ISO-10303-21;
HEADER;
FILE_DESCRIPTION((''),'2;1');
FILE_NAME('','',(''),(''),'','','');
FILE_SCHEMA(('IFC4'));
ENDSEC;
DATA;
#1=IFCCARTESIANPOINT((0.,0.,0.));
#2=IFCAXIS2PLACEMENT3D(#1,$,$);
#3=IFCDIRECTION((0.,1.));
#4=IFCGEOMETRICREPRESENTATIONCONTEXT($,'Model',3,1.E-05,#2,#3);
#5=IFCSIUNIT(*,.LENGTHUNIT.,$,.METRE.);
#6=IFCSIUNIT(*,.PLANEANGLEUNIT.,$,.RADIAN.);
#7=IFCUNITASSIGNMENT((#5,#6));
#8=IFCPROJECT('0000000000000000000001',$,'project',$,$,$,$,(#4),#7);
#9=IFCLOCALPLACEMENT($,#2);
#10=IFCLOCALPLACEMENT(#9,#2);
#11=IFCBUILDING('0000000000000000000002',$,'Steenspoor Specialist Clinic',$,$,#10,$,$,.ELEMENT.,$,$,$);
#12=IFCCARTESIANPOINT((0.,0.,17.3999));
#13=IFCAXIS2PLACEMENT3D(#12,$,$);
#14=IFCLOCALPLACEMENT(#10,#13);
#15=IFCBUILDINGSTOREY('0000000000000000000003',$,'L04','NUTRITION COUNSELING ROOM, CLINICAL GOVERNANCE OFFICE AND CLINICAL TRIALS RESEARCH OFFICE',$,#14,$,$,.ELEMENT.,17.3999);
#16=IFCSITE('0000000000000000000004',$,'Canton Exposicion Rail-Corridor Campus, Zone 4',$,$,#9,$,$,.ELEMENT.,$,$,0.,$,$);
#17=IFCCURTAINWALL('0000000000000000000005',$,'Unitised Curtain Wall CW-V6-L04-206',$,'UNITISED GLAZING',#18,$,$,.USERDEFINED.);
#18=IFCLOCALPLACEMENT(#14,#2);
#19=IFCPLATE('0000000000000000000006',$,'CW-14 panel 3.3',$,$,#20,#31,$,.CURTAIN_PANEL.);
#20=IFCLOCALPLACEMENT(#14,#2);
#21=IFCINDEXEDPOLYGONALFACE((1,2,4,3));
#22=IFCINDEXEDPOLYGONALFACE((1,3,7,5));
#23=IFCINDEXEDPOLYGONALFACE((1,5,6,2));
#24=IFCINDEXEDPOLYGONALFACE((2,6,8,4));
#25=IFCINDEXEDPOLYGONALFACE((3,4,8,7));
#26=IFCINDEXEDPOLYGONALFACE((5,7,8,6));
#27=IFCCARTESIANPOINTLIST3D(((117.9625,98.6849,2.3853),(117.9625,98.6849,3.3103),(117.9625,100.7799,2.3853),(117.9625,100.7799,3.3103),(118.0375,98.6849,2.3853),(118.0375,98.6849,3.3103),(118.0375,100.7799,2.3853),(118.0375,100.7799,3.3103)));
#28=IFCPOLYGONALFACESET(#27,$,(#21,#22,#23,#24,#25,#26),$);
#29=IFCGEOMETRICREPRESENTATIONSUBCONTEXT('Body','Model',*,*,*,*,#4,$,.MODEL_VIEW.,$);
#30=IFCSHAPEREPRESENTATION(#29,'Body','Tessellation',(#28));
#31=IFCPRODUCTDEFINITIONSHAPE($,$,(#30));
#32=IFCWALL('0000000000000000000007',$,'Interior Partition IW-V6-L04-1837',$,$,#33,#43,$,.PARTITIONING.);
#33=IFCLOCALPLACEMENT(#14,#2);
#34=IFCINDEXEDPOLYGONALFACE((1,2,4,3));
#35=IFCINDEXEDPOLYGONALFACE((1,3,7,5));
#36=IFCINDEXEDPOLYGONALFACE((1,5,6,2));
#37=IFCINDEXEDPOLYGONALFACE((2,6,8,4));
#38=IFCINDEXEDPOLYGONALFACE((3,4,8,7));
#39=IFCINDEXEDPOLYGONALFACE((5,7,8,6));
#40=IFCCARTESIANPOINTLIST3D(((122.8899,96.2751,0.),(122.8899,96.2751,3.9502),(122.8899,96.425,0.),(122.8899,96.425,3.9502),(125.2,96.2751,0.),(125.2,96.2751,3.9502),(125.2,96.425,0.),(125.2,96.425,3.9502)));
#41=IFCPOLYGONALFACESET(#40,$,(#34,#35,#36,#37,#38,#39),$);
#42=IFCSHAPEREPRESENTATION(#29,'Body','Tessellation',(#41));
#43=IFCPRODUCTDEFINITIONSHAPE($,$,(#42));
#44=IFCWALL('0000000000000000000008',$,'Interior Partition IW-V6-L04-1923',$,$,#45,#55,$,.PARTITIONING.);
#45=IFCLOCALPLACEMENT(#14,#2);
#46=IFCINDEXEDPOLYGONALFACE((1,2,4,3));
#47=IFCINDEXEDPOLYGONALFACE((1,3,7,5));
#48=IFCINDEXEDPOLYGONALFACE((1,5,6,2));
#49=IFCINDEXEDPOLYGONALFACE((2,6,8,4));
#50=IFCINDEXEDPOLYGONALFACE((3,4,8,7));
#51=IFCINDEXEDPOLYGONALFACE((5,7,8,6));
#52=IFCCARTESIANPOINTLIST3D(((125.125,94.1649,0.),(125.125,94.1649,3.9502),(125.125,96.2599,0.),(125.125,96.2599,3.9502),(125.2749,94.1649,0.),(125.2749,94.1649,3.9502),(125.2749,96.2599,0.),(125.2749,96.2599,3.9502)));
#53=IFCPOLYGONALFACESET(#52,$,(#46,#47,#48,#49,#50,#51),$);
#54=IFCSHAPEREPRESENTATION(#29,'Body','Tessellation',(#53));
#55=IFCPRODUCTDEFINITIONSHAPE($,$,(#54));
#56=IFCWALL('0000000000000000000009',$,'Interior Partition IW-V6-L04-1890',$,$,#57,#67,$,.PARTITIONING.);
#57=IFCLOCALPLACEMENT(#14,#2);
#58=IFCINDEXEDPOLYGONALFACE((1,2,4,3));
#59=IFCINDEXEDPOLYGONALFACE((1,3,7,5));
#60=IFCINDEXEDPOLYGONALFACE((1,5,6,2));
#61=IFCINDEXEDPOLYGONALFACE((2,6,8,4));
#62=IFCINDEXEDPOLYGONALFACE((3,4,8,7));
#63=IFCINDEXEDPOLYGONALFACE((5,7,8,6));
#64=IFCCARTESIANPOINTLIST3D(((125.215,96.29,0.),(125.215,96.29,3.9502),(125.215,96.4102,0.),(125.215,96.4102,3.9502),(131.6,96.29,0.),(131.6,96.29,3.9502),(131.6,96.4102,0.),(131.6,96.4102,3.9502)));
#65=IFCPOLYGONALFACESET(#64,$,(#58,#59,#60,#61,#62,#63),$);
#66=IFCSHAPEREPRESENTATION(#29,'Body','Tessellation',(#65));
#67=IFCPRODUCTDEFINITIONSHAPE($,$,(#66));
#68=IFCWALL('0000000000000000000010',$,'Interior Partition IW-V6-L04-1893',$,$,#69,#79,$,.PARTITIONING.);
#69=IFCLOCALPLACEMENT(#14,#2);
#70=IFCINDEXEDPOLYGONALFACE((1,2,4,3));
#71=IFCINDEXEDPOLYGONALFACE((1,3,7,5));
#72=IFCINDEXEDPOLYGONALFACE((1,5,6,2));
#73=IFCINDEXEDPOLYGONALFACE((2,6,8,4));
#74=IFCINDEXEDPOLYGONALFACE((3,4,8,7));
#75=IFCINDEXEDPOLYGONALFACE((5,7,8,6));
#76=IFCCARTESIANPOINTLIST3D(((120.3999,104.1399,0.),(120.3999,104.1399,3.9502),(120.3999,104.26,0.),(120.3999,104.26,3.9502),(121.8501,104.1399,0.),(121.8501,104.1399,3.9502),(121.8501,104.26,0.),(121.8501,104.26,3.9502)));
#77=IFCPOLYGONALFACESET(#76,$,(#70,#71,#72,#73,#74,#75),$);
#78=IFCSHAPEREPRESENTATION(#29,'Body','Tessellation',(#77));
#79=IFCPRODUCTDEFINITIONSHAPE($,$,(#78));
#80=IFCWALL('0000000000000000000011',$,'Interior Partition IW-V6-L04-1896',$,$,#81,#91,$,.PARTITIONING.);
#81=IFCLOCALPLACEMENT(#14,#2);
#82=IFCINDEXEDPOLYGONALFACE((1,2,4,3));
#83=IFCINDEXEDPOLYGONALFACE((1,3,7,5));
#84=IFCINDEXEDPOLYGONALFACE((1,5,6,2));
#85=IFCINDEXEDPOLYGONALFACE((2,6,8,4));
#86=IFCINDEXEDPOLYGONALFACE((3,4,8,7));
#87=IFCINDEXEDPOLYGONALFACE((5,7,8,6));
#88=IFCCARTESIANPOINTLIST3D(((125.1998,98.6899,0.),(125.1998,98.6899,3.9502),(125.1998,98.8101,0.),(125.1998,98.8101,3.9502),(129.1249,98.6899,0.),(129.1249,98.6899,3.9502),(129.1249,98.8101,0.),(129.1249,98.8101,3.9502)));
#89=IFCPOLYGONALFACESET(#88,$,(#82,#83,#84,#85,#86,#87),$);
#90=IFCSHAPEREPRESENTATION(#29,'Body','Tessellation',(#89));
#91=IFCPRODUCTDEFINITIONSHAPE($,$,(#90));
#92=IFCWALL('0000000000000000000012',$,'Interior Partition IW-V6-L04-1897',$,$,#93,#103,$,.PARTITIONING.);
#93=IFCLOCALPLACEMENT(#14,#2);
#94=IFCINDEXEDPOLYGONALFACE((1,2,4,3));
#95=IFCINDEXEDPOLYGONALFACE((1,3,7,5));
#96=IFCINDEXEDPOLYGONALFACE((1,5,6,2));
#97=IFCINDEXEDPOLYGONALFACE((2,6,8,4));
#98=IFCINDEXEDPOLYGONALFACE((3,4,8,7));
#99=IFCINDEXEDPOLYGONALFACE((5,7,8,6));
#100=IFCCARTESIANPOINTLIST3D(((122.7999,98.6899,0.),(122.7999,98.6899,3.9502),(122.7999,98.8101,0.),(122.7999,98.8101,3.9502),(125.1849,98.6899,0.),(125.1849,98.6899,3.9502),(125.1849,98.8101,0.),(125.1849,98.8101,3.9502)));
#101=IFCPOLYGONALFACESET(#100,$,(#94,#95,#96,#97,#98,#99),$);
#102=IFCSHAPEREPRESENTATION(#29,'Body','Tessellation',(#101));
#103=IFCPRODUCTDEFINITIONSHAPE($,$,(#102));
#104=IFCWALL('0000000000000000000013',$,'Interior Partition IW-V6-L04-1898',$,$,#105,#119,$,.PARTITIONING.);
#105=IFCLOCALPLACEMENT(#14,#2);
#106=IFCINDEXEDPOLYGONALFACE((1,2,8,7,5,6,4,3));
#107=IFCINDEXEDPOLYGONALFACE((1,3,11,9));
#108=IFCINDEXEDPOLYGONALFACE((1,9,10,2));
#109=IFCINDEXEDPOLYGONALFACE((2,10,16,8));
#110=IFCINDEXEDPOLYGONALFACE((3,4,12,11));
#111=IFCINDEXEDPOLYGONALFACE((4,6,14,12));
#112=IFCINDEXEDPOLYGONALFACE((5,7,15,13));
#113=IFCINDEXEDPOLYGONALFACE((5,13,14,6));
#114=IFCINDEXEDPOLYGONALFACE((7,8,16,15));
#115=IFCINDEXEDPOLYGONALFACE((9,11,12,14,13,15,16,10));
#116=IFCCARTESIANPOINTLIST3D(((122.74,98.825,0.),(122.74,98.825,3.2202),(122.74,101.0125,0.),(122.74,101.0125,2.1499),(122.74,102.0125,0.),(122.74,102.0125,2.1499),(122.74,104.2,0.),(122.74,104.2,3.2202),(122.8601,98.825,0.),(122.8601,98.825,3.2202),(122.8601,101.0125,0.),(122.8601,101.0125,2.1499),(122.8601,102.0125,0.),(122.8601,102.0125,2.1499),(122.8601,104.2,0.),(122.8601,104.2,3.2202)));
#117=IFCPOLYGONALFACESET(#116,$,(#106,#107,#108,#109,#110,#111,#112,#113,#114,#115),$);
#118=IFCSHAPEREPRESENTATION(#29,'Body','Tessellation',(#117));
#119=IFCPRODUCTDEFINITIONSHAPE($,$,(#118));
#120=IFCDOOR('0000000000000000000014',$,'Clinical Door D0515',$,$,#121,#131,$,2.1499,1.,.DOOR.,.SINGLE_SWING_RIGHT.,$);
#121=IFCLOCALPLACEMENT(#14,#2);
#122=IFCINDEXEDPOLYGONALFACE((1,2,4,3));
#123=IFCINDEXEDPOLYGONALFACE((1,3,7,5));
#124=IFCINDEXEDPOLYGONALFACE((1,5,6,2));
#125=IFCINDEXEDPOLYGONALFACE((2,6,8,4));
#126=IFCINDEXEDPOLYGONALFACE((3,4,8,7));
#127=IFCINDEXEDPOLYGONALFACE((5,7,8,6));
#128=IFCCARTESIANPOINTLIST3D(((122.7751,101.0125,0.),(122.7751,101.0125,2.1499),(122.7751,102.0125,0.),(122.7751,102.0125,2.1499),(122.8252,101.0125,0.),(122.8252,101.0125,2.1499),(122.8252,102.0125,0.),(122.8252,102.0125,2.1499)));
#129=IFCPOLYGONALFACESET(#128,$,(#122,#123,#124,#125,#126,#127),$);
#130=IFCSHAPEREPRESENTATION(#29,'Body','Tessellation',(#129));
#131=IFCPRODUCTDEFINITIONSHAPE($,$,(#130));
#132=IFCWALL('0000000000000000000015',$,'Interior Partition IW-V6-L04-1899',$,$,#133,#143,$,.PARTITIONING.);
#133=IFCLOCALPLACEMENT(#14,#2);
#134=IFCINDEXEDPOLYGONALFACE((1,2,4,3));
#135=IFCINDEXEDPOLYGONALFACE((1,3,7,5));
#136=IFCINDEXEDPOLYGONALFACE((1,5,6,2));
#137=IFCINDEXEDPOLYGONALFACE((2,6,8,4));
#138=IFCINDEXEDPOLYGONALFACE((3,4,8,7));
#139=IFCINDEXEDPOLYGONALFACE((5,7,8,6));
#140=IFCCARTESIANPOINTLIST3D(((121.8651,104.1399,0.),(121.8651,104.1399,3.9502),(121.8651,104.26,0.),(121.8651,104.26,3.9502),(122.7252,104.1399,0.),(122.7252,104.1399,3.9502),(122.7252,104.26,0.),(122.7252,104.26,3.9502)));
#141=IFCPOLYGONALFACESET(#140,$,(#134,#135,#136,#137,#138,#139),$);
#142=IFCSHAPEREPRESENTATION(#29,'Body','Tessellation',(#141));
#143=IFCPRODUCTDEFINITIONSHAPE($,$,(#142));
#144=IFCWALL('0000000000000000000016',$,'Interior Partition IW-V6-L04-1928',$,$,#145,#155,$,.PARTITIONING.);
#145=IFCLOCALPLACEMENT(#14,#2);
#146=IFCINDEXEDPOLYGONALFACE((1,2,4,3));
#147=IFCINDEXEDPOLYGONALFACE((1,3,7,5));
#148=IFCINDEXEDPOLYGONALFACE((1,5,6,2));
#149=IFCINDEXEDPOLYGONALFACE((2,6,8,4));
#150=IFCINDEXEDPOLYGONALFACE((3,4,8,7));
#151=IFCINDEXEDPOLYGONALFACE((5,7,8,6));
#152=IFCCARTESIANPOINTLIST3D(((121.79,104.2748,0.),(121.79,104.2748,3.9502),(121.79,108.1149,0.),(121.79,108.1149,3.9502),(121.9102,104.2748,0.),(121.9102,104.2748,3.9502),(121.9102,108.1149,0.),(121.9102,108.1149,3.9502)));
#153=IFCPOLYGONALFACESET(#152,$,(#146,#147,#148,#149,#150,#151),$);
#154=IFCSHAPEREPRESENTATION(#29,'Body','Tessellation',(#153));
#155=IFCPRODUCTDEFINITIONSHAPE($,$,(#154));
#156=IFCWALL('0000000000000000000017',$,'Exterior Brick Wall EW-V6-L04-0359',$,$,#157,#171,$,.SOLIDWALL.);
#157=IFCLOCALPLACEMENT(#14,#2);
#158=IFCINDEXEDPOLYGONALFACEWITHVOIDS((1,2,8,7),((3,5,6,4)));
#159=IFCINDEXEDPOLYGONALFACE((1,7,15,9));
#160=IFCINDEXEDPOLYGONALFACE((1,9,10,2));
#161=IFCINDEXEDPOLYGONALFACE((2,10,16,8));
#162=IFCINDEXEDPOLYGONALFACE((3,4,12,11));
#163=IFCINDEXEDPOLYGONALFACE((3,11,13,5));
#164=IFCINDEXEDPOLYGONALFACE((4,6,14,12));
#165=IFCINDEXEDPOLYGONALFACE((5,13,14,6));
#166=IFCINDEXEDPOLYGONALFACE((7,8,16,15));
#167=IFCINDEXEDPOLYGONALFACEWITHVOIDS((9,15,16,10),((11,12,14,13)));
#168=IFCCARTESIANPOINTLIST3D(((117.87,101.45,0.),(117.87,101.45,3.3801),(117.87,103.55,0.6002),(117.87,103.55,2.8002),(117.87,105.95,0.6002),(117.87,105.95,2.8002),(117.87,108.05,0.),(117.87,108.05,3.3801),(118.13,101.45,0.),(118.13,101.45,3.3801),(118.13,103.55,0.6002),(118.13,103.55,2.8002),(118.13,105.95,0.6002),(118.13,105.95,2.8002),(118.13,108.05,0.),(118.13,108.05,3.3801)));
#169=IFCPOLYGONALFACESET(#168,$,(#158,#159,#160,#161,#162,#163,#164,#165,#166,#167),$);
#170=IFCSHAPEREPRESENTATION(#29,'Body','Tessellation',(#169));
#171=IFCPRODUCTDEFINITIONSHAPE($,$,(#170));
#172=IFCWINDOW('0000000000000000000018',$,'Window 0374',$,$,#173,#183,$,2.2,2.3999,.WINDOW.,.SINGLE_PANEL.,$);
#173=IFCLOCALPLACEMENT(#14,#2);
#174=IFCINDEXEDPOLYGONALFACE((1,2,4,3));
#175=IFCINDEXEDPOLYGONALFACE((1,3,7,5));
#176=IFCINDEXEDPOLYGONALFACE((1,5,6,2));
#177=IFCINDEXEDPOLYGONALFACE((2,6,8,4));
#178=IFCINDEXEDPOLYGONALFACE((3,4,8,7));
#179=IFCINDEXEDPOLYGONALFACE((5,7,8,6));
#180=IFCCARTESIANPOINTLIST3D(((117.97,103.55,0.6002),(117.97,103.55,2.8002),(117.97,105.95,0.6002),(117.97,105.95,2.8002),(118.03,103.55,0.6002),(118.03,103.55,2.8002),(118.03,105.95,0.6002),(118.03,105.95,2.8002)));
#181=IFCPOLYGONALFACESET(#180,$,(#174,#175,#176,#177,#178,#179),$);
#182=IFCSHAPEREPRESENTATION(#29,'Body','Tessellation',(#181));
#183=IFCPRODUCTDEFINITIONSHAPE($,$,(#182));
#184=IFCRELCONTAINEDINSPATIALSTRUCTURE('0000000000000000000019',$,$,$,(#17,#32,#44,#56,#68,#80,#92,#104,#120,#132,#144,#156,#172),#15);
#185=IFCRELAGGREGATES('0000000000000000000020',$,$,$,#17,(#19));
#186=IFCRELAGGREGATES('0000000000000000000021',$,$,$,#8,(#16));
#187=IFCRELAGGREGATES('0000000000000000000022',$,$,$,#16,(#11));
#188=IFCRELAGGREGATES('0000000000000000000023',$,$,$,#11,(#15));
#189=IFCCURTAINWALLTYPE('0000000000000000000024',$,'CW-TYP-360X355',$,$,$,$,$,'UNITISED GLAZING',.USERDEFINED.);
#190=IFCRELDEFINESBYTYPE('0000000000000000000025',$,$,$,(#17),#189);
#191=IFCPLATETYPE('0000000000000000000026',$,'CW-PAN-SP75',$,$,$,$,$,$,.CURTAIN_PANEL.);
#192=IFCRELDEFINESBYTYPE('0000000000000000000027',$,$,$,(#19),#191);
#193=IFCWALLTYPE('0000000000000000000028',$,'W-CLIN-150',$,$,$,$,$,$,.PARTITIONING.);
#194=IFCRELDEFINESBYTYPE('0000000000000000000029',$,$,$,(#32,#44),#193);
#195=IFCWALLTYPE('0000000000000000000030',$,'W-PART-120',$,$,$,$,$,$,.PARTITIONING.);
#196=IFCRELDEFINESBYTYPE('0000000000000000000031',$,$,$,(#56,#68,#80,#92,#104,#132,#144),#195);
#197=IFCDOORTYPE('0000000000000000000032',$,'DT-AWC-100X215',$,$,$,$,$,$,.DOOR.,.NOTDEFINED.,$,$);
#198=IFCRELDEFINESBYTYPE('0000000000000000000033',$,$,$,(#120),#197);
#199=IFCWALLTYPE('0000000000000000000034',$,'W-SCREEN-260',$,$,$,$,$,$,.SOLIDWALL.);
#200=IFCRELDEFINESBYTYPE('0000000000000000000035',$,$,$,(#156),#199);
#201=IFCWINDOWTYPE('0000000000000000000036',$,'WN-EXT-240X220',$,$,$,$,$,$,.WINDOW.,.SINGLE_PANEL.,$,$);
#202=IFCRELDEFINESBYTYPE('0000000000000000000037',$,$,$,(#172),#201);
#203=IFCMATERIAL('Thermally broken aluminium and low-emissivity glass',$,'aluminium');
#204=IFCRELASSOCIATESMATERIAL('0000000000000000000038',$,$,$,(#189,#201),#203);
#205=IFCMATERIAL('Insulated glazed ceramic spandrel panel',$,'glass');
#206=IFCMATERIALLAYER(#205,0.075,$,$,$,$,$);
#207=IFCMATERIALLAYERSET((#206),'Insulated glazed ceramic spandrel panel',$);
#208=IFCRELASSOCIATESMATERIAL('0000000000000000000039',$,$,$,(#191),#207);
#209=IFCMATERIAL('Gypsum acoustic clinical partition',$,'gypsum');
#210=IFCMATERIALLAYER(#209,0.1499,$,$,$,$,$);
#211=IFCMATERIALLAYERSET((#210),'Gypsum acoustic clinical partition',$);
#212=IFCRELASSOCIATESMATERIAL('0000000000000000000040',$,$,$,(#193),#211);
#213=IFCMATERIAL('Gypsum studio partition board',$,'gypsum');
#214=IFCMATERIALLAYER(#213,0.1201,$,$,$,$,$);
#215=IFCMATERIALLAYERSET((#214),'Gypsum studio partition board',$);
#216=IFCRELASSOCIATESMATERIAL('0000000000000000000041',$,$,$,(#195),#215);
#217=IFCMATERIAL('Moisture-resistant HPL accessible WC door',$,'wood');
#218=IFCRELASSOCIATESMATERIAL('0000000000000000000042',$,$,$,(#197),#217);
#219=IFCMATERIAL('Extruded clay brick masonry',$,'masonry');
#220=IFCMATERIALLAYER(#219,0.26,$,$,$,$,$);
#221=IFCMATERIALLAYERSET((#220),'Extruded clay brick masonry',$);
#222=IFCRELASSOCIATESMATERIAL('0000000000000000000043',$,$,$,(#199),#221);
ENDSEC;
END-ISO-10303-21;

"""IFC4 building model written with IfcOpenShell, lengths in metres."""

from ifc_helpers import new_model, si_unit, direction, frame, frame_2d, origin, origin_2d, place, context, subcontext, project, spatial, rectangle, extrude, material, layer, layer_set, type_object, element, fill, aggregate, save


model = new_model("IFC4")

# Units and contexts
model_context = context("Model", 3, precision=1e-05, world=origin(), true_north=direction((0.0, 1.0)))
body_context = subcontext(model_context, "Body", "Model", "MODEL_VIEW")
ifc_project = project(units=[si_unit("LENGTHUNIT", "METRE"), si_unit("PLANEANGLEUNIT", "RADIAN")], contexts=[model_context])

# Site, building, storey
site_placement = place(None, origin())
site = spatial("IfcSite", under=ifc_project, at=site_placement, Name="Canton Exposicion Rail-Corridor Campus, Zone 4", CompositionType="ELEMENT", RefElevation=0.0)
building_placement = place(site_placement, origin())
building = spatial("IfcBuilding", under=site, at=building_placement, Name="Steenspoor Specialist Clinic", CompositionType="ELEMENT")
storey_placement = place(building_placement, frame((0.0, 0.0, 17.3999)))
storey = spatial("IfcBuildingStorey", under=building, at=storey_placement, Name="L04", Description="NUTRITION COUNSELING ROOM, CLINICAL GOVERNANCE OFFICE AND CLINICAL TRIALS RESEARCH OFFICE", CompositionType="ELEMENT", Elevation=17.3999)

# Curtain wall, plate
ifc_material_1 = material(Name="Thermally broken aluminium and low-emissivity glass", Category="aluminium")
curtain_wall_type = type_object("IfcCurtainWallType", Name="CW-TYP-360X355", ElementType="UNITISED GLAZING", PredefinedType="USERDEFINED", material=ifc_material_1)
curtain_wall_placement = place(storey_placement, origin())
curtain_wall = element("IfcCurtainWall", 1, at=curtain_wall_placement, inside=storey, type_object=curtain_wall_type, Name="Unitised Curtain Wall CW-V6-L04-206", ObjectType="UNITISED GLAZING", PredefinedType="USERDEFINED")
ifc_material_2 = material(Name="Insulated glazed ceramic spandrel panel", Category="glass")
ifc_layer_1 = layer(ifc_material_2, 0.075)
ifc_layer_set_1 = layer_set([ifc_layer_1], Name="Insulated glazed ceramic spandrel panel")
plate_type = type_object("IfcPlateType", Name="CW-PAN-SP75", PredefinedType="CURTAIN_PANEL", material=ifc_layer_set_1)
plate_1_placement = place(storey_placement, frame((118.0, 99.7324, 2.3853), z_axis=(0.0, 0.0, 1.0), x_axis=(0.0, 1.0, 0.0)))
plate_1 = element("IfcPlate", 2, at=plate_1_placement, type_object=plate_type, Name="CW-14 panel 3.3", PredefinedType="CURTAIN_PANEL", context=body_context, shape_type="SweptSolid", body=[
    extrude(rectangle(XDim=2.095, YDim=0.075, at=origin_2d()), origin(), (0.0, 0.0, 1.0), 0.925),
])
aggregate(curtain_wall, [plate_1])

# Walls
ifc_material_3 = material(Name="Gypsum acoustic clinical partition", Category="gypsum")
ifc_layer_2 = layer(ifc_material_3, 0.1499)
ifc_layer_set_2 = layer_set([ifc_layer_2], Name="Gypsum acoustic clinical partition")
wall_type_1 = type_object("IfcWallType", Name="W-CLIN-150", PredefinedType="PARTITIONING", material=ifc_layer_set_2)
wall_1_placement = place(storey_placement, frame((122.8899, 96.3501, 0.0), z_axis=(0.0, 0.0, 1.0), x_axis=(1.0, 0.0, 0.0)))
element("IfcWall", 3, at=wall_1_placement, inside=storey, type_object=wall_type_1, Name="Interior Partition IW-V6-L04-1837", PredefinedType="PARTITIONING", context=body_context, shape_type="SweptSolid", body=[
    extrude(rectangle(XDim=2.3101, YDim=0.1499, at=frame_2d((1.155, 0.0))), origin(), (0.0, 0.0, 1.0), 3.9502),
])
wall_2_placement = place(storey_placement, frame((125.2, 94.165, 0.0), z_axis=(0.0, 0.0, 1.0), x_axis=(0.0, 1.0, 0.0)))
element("IfcWall", 4, at=wall_2_placement, inside=storey, type_object=wall_type_1, Name="Interior Partition IW-V6-L04-1923", PredefinedType="PARTITIONING", context=body_context, shape_type="SweptSolid", body=[
    extrude(rectangle(XDim=2.095, YDim=0.1499, at=frame_2d((1.0474, 0.0))), origin(), (0.0, 0.0, 1.0), 3.9502),
])
ifc_material_4 = material(Name="Gypsum studio partition board", Category="gypsum")
ifc_layer_3 = layer(ifc_material_4, 0.1201)
ifc_layer_set_3 = layer_set([ifc_layer_3], Name="Gypsum studio partition board")
wall_type_2 = type_object("IfcWallType", Name="W-PART-120", PredefinedType="PARTITIONING", material=ifc_layer_set_3)
wall_3_placement = place(storey_placement, frame((125.2151, 96.3501, 0.0), z_axis=(0.0, 0.0, 1.0), x_axis=(1.0, 0.0, 0.0)))
element("IfcWall", 5, at=wall_3_placement, inside=storey, type_object=wall_type_2, Name="Interior Partition IW-V6-L04-1890", PredefinedType="PARTITIONING", context=body_context, shape_type="SweptSolid", body=[
    extrude(rectangle(XDim=6.385, YDim=0.1201, at=frame_2d((3.1924, 0.0))), origin(), (0.0, 0.0, 1.0), 3.9502),
])
wall_4_placement = place(storey_placement, frame((120.3999, 104.2, 0.0), z_axis=(0.0, 0.0, 1.0), x_axis=(1.0, 0.0, 0.0)))
element("IfcWall", 6, at=wall_4_placement, inside=storey, type_object=wall_type_2, Name="Interior Partition IW-V6-L04-1893", PredefinedType="PARTITIONING", context=body_context, shape_type="SweptSolid", body=[
    extrude(rectangle(XDim=1.4502, YDim=0.1201, at=frame_2d((0.7251, 0.0))), origin(), (0.0, 0.0, 1.0), 3.9502),
])
wall_5_placement = place(storey_placement, frame((125.2, 98.75, 0.0), z_axis=(0.0, 0.0, 1.0), x_axis=(1.0, 0.0, 0.0)))
element("IfcWall", 7, at=wall_5_placement, inside=storey, type_object=wall_type_2, Name="Interior Partition IW-V6-L04-1896", PredefinedType="PARTITIONING", context=body_context, shape_type="SweptSolid", body=[
    extrude(rectangle(XDim=3.925, YDim=0.1201, at=frame_2d((1.9624, 0.0))), origin(), (0.0, 0.0, 1.0), 3.9502),
])
wall_6_placement = place(storey_placement, frame((122.8, 98.75, 0.0), z_axis=(0.0, 0.0, 1.0), x_axis=(1.0, 0.0, 0.0)))
element("IfcWall", 8, at=wall_6_placement, inside=storey, type_object=wall_type_2, Name="Interior Partition IW-V6-L04-1897", PredefinedType="PARTITIONING", context=body_context, shape_type="SweptSolid", body=[
    extrude(rectangle(XDim=2.385, YDim=0.1201, at=frame_2d((1.1924, 0.0))), origin(), (0.0, 0.0, 1.0), 3.9502),
])

# Wall, opening, door
wall_7_placement = place(storey_placement, frame((122.8, 98.825, 0.0), z_axis=(0.0, 0.0, 1.0), x_axis=(0.0, 1.0, 0.0)))
wall_7 = element("IfcWall", 9, at=wall_7_placement, inside=storey, type_object=wall_type_2, Name="Interior Partition IW-V6-L04-1898", PredefinedType="PARTITIONING", context=body_context, shape_type="SweptSolid", body=[
    extrude(rectangle(XDim=5.375, YDim=0.1201, at=frame_2d((2.6875, 0.0))), origin(), (0.0, 0.0, 1.0), 3.2202),
])
opening_1_placement = place(wall_7_placement, frame((2.1875, 0.0, 0.0)))
opening_1 = element("IfcOpeningElement", 10, at=opening_1_placement, cuts=wall_7, PredefinedType="OPENING", context=body_context, shape_type="SweptSolid", body=[
    extrude(rectangle(XDim=1.0, YDim=2.1499, at=frame_2d((0.5, 1.075))), frame((0.0, 0.0701, 0.0), z_axis=(0.0, -1.0, 0.0), x_axis=(1.0, 0.0, 0.0)), (0.0, 0.0, 1.0), 0.1401),
])
ifc_material_5 = material(Name="Moisture-resistant HPL accessible WC door", Category="wood")
door_type = type_object("IfcDoorType", Name="DT-AWC-100X215", OperationType="NOTDEFINED", PredefinedType="DOOR", material=ifc_material_5)
door_placement = place(opening_1_placement, origin())
door = element("IfcDoor", 11, at=door_placement, inside=storey, type_object=door_type, Name="Clinical Door D0515", OperationType="SINGLE_SWING_RIGHT", OverallHeight=2.1499, OverallWidth=1.0, PredefinedType="DOOR", context=body_context, shape_type="SweptSolid", body=[
    extrude(rectangle(XDim=1.0, YDim=2.1499, at=frame_2d((0.5, 1.075))), frame((0.0, 0.0249, 0.0), z_axis=(0.0, -1.0, 0.0), x_axis=(1.0, 0.0, 0.0)), (0.0, 0.0, 1.0), 0.05),
])
fill(opening_1, door)

# Walls
wall_8_placement = place(storey_placement, frame((121.865, 104.2, 0.0), z_axis=(0.0, 0.0, 1.0), x_axis=(1.0, 0.0, 0.0)))
element("IfcWall", 12, at=wall_8_placement, inside=storey, type_object=wall_type_2, Name="Interior Partition IW-V6-L04-1899", PredefinedType="PARTITIONING", context=body_context, shape_type="SweptSolid", body=[
    extrude(rectangle(XDim=0.8601, YDim=0.1201, at=frame_2d((0.4302, 0.0))), origin(), (0.0, 0.0, 1.0), 3.9502),
])
wall_9_placement = place(storey_placement, frame((121.8501, 104.2749, 0.0), z_axis=(0.0, 0.0, 1.0), x_axis=(0.0, 1.0, 0.0)))
element("IfcWall", 13, at=wall_9_placement, inside=storey, type_object=wall_type_2, Name="Interior Partition IW-V6-L04-1928", PredefinedType="PARTITIONING", context=body_context, shape_type="SweptSolid", body=[
    extrude(rectangle(XDim=3.8401, YDim=0.1201, at=frame_2d((1.9199, 0.0))), origin(), (0.0, 0.0, 1.0), 3.9502),
])

# Wall, opening, window
ifc_material_6 = material(Name="Extruded clay brick masonry", Category="masonry")
ifc_layer_4 = layer(ifc_material_6, 0.26)
ifc_layer_set_4 = layer_set([ifc_layer_4], Name="Extruded clay brick masonry")
wall_type_3 = type_object("IfcWallType", Name="W-SCREEN-260", PredefinedType="SOLIDWALL", material=ifc_layer_set_4)
wall_10_placement = place(storey_placement, frame((118.0, 101.45, 0.0), z_axis=(0.0, 0.0, 1.0), x_axis=(0.0, 1.0, 0.0)))
wall_10 = element("IfcWall", 14, at=wall_10_placement, inside=storey, type_object=wall_type_3, Name="Exterior Brick Wall EW-V6-L04-0359", PredefinedType="SOLIDWALL", context=body_context, shape_type="SweptSolid", body=[
    extrude(rectangle(XDim=6.6001, YDim=0.26, at=frame_2d((3.3, 0.0))), origin(), (0.0, 0.0, 1.0), 3.3801),
])
opening_2_placement = place(wall_10_placement, frame((2.1001, 0.0, 0.6001)))
opening_2 = element("IfcOpeningElement", 15, at=opening_2_placement, cuts=wall_10, PredefinedType="OPENING", context=body_context, shape_type="SweptSolid", body=[
    extrude(rectangle(XDim=2.3999, YDim=2.2, at=frame_2d((1.2, 1.1001))), frame((0.0, 0.1401, 0.0), z_axis=(0.0, -1.0, 0.0), x_axis=(1.0, 0.0, 0.0)), (0.0, 0.0, 1.0), 0.28),
])
window_type = type_object("IfcWindowType", Name="WN-EXT-240X220", PartitioningType="SINGLE_PANEL", PredefinedType="WINDOW", material=ifc_material_1)
window_placement = place(opening_2_placement, origin())
window = element("IfcWindow", 16, at=window_placement, inside=storey, type_object=window_type, Name="Window 0374", OverallHeight=2.2, OverallWidth=2.3999, PartitioningType="SINGLE_PANEL", PredefinedType="WINDOW", context=body_context, shape_type="SweptSolid", body=[
    extrude(rectangle(XDim=2.3999, YDim=2.2, at=frame_2d((1.2, 1.1001))), frame((0.0, 0.03, 0.0), z_axis=(0.0, -1.0, 0.0), x_axis=(1.0, 0.0, 0.0)), (0.0, 0.0, 1.0), 0.0601),
])
fill(opening_2, window)

save(model, "model.ifc")
